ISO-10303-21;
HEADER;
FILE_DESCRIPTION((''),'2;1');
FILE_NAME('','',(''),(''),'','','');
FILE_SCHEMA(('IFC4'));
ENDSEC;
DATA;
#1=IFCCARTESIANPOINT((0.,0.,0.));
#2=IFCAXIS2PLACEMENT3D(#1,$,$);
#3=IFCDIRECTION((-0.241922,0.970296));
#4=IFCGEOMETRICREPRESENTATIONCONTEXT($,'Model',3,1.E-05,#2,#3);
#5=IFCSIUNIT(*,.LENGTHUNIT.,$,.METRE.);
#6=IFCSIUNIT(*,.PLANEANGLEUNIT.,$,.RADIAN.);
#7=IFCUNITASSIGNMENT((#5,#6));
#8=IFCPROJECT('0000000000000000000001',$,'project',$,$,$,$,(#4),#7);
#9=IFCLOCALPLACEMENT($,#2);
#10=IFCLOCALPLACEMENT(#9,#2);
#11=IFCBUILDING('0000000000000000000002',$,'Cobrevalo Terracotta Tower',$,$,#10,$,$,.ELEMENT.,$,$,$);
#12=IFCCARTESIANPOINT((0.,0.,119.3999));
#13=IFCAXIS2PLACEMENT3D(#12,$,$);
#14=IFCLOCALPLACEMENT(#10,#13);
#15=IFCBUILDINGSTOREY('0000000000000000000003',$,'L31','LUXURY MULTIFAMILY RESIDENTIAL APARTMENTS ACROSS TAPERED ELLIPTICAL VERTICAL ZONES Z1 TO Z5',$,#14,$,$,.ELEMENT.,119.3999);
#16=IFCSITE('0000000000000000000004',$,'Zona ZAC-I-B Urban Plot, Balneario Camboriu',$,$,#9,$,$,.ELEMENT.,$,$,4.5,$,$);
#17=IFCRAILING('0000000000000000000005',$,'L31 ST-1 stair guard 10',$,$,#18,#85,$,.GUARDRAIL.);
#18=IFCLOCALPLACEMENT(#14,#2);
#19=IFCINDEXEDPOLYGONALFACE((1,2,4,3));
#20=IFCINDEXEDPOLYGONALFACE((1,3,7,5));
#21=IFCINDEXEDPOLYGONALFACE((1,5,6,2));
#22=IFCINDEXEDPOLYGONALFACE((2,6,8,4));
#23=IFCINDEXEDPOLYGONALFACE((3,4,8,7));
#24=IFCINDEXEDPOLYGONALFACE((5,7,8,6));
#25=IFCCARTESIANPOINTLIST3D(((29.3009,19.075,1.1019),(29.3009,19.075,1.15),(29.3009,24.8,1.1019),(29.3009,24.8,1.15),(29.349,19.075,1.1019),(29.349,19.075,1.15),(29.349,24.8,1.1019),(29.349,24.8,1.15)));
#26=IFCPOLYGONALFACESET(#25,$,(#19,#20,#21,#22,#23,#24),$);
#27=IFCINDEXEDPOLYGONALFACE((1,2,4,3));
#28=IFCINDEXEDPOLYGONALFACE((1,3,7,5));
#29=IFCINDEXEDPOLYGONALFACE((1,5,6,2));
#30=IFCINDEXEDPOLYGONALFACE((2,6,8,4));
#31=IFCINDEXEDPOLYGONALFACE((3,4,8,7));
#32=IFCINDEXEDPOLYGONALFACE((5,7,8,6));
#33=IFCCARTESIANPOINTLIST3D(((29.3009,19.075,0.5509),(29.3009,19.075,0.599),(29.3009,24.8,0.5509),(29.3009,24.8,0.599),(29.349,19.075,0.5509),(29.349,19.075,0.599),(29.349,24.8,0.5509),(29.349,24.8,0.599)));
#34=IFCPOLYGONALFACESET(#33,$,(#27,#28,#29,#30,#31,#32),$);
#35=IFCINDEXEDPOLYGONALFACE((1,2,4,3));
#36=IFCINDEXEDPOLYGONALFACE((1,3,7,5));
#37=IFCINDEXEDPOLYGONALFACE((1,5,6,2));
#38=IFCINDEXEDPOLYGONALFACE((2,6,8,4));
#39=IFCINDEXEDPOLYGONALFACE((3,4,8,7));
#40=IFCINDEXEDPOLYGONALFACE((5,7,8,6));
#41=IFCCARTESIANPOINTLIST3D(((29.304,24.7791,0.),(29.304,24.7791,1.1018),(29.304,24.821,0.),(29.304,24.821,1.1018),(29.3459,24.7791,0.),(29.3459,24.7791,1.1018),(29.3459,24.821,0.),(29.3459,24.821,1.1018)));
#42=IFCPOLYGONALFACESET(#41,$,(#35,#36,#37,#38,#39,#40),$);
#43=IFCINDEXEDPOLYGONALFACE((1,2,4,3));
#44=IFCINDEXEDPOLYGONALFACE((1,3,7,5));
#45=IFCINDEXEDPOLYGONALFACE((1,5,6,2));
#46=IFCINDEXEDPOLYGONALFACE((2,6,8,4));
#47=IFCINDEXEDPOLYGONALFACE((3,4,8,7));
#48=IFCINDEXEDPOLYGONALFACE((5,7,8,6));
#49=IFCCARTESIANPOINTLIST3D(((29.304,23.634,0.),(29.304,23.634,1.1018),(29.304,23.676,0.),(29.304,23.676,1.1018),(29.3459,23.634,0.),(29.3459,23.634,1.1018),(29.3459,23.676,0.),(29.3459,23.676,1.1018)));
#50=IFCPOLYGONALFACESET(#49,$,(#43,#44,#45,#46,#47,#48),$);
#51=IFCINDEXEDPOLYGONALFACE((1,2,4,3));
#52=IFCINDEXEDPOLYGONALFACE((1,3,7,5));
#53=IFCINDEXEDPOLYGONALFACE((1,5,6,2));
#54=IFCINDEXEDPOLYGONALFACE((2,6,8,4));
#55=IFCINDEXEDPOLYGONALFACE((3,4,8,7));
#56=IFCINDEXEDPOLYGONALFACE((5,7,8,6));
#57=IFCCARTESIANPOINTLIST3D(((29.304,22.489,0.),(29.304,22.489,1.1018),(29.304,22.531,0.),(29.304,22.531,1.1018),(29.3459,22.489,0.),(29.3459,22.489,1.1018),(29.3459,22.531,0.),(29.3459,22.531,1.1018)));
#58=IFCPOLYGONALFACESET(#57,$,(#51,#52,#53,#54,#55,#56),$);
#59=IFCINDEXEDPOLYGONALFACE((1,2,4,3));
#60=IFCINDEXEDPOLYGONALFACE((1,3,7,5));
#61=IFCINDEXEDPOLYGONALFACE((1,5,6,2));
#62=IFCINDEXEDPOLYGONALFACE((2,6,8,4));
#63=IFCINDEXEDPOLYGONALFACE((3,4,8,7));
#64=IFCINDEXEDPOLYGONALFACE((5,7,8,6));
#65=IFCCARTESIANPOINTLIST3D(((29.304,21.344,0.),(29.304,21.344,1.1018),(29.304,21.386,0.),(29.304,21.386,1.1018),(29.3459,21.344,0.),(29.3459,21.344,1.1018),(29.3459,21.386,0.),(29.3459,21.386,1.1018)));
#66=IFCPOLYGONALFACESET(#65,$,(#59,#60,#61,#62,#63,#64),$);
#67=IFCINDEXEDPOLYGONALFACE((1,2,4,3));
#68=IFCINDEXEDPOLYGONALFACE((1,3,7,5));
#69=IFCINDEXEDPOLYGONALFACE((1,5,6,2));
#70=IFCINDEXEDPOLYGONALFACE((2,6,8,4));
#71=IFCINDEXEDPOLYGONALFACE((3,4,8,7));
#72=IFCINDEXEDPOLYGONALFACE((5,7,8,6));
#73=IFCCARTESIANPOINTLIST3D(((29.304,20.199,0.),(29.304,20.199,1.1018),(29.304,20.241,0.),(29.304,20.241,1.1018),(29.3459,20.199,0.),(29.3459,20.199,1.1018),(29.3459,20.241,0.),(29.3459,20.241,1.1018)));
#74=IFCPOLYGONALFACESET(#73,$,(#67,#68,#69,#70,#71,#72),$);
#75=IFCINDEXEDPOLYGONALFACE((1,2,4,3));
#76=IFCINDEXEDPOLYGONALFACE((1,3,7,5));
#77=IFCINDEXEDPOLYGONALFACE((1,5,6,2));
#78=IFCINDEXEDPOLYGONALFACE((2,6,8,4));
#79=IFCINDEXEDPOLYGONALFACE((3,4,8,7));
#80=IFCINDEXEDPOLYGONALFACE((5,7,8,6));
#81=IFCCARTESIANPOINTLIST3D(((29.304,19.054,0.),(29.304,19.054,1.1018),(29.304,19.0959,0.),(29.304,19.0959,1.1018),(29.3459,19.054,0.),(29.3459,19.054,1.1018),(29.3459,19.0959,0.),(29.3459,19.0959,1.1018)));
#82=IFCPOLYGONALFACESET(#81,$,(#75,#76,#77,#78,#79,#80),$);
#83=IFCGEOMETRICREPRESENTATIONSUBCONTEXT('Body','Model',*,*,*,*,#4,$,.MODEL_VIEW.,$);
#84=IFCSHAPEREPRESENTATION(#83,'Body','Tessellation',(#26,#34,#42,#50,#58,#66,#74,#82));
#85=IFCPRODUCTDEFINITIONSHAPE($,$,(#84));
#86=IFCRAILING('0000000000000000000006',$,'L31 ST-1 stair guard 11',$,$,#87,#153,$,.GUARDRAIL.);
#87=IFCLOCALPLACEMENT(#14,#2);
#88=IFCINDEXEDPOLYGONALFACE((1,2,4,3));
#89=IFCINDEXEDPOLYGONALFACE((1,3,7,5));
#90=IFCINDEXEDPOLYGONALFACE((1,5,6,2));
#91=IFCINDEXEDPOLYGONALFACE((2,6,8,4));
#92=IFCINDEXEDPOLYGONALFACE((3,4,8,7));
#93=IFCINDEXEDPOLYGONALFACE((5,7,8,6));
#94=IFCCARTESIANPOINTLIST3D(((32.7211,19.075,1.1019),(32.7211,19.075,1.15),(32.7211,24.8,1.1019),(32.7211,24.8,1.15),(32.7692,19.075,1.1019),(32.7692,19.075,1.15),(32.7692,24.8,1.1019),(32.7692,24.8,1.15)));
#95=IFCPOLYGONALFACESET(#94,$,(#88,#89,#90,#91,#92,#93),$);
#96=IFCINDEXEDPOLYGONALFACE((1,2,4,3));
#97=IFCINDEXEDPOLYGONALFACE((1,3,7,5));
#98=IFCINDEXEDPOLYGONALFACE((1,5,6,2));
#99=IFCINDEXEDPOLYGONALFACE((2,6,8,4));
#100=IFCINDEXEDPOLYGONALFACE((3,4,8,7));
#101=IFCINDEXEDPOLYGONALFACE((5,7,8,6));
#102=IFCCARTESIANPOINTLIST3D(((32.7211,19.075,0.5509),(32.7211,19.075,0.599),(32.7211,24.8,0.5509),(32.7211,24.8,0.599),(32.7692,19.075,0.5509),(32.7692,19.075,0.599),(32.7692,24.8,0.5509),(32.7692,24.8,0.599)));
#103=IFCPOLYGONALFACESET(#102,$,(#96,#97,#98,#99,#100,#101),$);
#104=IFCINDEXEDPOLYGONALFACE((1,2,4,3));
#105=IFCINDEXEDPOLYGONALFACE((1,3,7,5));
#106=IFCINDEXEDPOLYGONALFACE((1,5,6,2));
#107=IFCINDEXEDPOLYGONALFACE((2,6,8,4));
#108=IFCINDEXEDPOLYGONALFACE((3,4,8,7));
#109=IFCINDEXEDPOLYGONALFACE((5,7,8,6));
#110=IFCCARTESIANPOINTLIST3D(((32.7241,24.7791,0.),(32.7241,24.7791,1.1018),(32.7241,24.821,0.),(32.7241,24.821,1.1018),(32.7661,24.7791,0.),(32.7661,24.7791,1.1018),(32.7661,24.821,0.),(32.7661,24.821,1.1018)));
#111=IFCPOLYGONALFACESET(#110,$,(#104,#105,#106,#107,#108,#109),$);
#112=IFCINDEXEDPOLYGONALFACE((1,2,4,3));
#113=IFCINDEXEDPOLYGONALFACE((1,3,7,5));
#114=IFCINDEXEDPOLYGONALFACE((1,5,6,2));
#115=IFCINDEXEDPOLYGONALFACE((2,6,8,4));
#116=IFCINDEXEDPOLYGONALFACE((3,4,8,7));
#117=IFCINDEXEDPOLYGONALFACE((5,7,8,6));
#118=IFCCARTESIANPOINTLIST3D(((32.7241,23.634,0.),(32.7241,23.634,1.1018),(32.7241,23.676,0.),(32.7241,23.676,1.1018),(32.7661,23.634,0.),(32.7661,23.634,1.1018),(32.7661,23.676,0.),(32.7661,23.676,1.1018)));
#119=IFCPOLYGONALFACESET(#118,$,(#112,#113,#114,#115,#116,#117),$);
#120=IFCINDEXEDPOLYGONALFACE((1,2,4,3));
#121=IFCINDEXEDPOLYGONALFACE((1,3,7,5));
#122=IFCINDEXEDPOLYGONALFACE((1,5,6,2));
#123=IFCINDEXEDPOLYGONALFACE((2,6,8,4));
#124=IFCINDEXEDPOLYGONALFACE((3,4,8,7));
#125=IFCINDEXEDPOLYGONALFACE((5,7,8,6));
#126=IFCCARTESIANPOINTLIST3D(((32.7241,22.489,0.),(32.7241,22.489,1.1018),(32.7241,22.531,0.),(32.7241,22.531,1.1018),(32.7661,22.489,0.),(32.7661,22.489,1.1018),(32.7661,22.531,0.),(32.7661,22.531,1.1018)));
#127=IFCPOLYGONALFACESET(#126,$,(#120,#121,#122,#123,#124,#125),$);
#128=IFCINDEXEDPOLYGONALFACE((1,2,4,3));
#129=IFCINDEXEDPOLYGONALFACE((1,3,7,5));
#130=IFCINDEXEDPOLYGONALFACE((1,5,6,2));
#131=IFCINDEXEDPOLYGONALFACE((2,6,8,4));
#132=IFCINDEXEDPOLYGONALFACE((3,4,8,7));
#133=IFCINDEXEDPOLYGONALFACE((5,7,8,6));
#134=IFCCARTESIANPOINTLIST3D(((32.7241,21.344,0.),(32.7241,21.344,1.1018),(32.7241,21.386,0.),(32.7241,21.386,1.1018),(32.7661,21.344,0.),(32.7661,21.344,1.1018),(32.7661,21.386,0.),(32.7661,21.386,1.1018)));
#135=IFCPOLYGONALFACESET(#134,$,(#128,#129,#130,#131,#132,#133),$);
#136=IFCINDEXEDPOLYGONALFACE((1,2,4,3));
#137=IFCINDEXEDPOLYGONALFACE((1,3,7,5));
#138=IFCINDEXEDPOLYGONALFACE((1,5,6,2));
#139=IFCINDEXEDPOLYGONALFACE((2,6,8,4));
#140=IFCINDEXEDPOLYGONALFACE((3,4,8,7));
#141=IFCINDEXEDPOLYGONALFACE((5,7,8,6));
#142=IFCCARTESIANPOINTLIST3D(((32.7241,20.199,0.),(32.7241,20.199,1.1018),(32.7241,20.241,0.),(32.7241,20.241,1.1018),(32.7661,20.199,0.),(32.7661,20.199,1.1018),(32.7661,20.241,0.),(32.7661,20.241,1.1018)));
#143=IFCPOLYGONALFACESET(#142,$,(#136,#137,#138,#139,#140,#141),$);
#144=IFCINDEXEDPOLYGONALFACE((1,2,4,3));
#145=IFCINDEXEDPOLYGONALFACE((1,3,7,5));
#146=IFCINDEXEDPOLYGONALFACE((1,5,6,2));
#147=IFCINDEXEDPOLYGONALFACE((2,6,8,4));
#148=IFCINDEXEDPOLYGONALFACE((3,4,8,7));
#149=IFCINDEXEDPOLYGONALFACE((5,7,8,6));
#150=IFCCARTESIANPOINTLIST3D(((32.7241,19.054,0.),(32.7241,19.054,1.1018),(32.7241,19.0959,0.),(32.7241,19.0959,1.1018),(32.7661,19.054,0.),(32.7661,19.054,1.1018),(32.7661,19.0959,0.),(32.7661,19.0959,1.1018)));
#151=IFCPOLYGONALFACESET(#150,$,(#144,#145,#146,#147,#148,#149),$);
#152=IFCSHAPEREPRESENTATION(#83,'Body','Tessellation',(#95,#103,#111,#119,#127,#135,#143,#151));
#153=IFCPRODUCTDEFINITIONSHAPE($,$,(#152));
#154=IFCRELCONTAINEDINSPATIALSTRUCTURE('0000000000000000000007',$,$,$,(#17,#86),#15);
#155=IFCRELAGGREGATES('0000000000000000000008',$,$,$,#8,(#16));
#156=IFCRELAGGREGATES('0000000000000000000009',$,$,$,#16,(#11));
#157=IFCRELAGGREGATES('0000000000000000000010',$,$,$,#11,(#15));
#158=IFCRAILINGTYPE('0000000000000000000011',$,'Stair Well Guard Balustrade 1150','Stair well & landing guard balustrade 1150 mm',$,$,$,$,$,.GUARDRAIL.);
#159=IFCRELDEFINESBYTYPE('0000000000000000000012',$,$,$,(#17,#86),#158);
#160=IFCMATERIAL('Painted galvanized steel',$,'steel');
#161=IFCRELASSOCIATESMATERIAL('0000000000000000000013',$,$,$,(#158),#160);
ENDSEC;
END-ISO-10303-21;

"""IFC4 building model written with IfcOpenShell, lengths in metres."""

from ifc_helpers import new_model, si_unit, direction, frame, origin, origin_2d, place, context, subcontext, project, spatial, rectangle, extrude, material, type_object, element, save


model = new_model("IFC4")

# Units and contexts
model_context = context("Model", 3, precision=1e-05, world=origin(), true_north=direction((-0.241922, 0.970296)))
body_context = subcontext(model_context, "Body", "Model", "MODEL_VIEW")
ifc_project = project(units=[si_unit("LENGTHUNIT", "METRE"), si_unit("PLANEANGLEUNIT", "RADIAN")], contexts=[model_context])

# Site, building, storey
site_placement = place(None, origin())
site = spatial("IfcSite", under=ifc_project, at=site_placement, Name="Zona ZAC-I-B Urban Plot, Balneario Camboriu", CompositionType="ELEMENT", RefElevation=4.5)
building_placement = place(site_placement, origin())
building = spatial("IfcBuilding", under=site, at=building_placement, Name="Cobrevalo Terracotta Tower", CompositionType="ELEMENT")
storey_placement = place(building_placement, frame((0.0, 0.0, 119.3999)))
storey = spatial("IfcBuildingStorey", under=building, at=storey_placement, Name="L31", Description="LUXURY MULTIFAMILY RESIDENTIAL APARTMENTS ACROSS TAPERED ELLIPTICAL VERTICAL ZONES Z1 TO Z5", CompositionType="ELEMENT", Elevation=119.3999)

# Railings
ifc_material_1 = material(Name="Painted galvanized steel", Category="steel")
railing_type_1 = type_object("IfcRailingType", Name="Stair Well Guard Balustrade 1150", Description="Stair well & landing guard balustrade 1150 mm", PredefinedType="GUARDRAIL", material=ifc_material_1)
for number, where, name in (
    (1, (29.325, 24.8, 0.0), "L31 ST-1 stair guard 10"),
    (2, (32.7451, 24.8, 0.0), "L31 ST-1 stair guard 11"),
):
    element("IfcRailing", number, at=place(storey_placement, frame(where)), inside=storey, type_object=railing_type_1, Name=name, PredefinedType="GUARDRAIL", context=body_context, shape_type="SweptSolid", body=[
        extrude(rectangle(XDim=0.0481, YDim=0.0481, at=origin_2d()), frame((0.0, 0.0, 1.126), z_axis=(0.0, -1.0, 0.0), x_axis=(1.0, 0.0, 0.0)), (0.0, 0.0, 1.0), 5.7251),
        extrude(rectangle(XDim=0.0481, YDim=0.0481, at=origin_2d()), frame((0.0, 0.0, 0.575), z_axis=(0.0, -1.0, 0.0), x_axis=(1.0, 0.0, 0.0)), (0.0, 0.0, 1.0), 5.7251),
        extrude(rectangle(XDim=0.042, YDim=0.042, at=origin_2d()), origin(), (0.0, 0.0, 1.0), 1.1018),
        extrude(rectangle(XDim=0.042, YDim=0.042, at=origin_2d()), frame((0.0, -1.145, 0.0)), (0.0, 0.0, 1.0), 1.1018),
        extrude(rectangle(XDim=0.042, YDim=0.042, at=origin_2d()), frame((0.0, -2.29, 0.0)), (0.0, 0.0, 1.0), 1.1018),
        extrude(rectangle(XDim=0.042, YDim=0.042, at=origin_2d()), frame((0.0, -3.4351, 0.0)), (0.0, 0.0, 1.0), 1.1018),
        extrude(rectangle(XDim=0.042, YDim=0.042, at=origin_2d()), frame((0.0, -4.5801, 0.0)), (0.0, 0.0, 1.0), 1.1018),
        extrude(rectangle(XDim=0.042, YDim=0.042, at=origin_2d()), frame((0.0, -5.7251, 0.0)), (0.0, 0.0, 1.0), 1.1018),
    ])

save(model, "model.ifc")
